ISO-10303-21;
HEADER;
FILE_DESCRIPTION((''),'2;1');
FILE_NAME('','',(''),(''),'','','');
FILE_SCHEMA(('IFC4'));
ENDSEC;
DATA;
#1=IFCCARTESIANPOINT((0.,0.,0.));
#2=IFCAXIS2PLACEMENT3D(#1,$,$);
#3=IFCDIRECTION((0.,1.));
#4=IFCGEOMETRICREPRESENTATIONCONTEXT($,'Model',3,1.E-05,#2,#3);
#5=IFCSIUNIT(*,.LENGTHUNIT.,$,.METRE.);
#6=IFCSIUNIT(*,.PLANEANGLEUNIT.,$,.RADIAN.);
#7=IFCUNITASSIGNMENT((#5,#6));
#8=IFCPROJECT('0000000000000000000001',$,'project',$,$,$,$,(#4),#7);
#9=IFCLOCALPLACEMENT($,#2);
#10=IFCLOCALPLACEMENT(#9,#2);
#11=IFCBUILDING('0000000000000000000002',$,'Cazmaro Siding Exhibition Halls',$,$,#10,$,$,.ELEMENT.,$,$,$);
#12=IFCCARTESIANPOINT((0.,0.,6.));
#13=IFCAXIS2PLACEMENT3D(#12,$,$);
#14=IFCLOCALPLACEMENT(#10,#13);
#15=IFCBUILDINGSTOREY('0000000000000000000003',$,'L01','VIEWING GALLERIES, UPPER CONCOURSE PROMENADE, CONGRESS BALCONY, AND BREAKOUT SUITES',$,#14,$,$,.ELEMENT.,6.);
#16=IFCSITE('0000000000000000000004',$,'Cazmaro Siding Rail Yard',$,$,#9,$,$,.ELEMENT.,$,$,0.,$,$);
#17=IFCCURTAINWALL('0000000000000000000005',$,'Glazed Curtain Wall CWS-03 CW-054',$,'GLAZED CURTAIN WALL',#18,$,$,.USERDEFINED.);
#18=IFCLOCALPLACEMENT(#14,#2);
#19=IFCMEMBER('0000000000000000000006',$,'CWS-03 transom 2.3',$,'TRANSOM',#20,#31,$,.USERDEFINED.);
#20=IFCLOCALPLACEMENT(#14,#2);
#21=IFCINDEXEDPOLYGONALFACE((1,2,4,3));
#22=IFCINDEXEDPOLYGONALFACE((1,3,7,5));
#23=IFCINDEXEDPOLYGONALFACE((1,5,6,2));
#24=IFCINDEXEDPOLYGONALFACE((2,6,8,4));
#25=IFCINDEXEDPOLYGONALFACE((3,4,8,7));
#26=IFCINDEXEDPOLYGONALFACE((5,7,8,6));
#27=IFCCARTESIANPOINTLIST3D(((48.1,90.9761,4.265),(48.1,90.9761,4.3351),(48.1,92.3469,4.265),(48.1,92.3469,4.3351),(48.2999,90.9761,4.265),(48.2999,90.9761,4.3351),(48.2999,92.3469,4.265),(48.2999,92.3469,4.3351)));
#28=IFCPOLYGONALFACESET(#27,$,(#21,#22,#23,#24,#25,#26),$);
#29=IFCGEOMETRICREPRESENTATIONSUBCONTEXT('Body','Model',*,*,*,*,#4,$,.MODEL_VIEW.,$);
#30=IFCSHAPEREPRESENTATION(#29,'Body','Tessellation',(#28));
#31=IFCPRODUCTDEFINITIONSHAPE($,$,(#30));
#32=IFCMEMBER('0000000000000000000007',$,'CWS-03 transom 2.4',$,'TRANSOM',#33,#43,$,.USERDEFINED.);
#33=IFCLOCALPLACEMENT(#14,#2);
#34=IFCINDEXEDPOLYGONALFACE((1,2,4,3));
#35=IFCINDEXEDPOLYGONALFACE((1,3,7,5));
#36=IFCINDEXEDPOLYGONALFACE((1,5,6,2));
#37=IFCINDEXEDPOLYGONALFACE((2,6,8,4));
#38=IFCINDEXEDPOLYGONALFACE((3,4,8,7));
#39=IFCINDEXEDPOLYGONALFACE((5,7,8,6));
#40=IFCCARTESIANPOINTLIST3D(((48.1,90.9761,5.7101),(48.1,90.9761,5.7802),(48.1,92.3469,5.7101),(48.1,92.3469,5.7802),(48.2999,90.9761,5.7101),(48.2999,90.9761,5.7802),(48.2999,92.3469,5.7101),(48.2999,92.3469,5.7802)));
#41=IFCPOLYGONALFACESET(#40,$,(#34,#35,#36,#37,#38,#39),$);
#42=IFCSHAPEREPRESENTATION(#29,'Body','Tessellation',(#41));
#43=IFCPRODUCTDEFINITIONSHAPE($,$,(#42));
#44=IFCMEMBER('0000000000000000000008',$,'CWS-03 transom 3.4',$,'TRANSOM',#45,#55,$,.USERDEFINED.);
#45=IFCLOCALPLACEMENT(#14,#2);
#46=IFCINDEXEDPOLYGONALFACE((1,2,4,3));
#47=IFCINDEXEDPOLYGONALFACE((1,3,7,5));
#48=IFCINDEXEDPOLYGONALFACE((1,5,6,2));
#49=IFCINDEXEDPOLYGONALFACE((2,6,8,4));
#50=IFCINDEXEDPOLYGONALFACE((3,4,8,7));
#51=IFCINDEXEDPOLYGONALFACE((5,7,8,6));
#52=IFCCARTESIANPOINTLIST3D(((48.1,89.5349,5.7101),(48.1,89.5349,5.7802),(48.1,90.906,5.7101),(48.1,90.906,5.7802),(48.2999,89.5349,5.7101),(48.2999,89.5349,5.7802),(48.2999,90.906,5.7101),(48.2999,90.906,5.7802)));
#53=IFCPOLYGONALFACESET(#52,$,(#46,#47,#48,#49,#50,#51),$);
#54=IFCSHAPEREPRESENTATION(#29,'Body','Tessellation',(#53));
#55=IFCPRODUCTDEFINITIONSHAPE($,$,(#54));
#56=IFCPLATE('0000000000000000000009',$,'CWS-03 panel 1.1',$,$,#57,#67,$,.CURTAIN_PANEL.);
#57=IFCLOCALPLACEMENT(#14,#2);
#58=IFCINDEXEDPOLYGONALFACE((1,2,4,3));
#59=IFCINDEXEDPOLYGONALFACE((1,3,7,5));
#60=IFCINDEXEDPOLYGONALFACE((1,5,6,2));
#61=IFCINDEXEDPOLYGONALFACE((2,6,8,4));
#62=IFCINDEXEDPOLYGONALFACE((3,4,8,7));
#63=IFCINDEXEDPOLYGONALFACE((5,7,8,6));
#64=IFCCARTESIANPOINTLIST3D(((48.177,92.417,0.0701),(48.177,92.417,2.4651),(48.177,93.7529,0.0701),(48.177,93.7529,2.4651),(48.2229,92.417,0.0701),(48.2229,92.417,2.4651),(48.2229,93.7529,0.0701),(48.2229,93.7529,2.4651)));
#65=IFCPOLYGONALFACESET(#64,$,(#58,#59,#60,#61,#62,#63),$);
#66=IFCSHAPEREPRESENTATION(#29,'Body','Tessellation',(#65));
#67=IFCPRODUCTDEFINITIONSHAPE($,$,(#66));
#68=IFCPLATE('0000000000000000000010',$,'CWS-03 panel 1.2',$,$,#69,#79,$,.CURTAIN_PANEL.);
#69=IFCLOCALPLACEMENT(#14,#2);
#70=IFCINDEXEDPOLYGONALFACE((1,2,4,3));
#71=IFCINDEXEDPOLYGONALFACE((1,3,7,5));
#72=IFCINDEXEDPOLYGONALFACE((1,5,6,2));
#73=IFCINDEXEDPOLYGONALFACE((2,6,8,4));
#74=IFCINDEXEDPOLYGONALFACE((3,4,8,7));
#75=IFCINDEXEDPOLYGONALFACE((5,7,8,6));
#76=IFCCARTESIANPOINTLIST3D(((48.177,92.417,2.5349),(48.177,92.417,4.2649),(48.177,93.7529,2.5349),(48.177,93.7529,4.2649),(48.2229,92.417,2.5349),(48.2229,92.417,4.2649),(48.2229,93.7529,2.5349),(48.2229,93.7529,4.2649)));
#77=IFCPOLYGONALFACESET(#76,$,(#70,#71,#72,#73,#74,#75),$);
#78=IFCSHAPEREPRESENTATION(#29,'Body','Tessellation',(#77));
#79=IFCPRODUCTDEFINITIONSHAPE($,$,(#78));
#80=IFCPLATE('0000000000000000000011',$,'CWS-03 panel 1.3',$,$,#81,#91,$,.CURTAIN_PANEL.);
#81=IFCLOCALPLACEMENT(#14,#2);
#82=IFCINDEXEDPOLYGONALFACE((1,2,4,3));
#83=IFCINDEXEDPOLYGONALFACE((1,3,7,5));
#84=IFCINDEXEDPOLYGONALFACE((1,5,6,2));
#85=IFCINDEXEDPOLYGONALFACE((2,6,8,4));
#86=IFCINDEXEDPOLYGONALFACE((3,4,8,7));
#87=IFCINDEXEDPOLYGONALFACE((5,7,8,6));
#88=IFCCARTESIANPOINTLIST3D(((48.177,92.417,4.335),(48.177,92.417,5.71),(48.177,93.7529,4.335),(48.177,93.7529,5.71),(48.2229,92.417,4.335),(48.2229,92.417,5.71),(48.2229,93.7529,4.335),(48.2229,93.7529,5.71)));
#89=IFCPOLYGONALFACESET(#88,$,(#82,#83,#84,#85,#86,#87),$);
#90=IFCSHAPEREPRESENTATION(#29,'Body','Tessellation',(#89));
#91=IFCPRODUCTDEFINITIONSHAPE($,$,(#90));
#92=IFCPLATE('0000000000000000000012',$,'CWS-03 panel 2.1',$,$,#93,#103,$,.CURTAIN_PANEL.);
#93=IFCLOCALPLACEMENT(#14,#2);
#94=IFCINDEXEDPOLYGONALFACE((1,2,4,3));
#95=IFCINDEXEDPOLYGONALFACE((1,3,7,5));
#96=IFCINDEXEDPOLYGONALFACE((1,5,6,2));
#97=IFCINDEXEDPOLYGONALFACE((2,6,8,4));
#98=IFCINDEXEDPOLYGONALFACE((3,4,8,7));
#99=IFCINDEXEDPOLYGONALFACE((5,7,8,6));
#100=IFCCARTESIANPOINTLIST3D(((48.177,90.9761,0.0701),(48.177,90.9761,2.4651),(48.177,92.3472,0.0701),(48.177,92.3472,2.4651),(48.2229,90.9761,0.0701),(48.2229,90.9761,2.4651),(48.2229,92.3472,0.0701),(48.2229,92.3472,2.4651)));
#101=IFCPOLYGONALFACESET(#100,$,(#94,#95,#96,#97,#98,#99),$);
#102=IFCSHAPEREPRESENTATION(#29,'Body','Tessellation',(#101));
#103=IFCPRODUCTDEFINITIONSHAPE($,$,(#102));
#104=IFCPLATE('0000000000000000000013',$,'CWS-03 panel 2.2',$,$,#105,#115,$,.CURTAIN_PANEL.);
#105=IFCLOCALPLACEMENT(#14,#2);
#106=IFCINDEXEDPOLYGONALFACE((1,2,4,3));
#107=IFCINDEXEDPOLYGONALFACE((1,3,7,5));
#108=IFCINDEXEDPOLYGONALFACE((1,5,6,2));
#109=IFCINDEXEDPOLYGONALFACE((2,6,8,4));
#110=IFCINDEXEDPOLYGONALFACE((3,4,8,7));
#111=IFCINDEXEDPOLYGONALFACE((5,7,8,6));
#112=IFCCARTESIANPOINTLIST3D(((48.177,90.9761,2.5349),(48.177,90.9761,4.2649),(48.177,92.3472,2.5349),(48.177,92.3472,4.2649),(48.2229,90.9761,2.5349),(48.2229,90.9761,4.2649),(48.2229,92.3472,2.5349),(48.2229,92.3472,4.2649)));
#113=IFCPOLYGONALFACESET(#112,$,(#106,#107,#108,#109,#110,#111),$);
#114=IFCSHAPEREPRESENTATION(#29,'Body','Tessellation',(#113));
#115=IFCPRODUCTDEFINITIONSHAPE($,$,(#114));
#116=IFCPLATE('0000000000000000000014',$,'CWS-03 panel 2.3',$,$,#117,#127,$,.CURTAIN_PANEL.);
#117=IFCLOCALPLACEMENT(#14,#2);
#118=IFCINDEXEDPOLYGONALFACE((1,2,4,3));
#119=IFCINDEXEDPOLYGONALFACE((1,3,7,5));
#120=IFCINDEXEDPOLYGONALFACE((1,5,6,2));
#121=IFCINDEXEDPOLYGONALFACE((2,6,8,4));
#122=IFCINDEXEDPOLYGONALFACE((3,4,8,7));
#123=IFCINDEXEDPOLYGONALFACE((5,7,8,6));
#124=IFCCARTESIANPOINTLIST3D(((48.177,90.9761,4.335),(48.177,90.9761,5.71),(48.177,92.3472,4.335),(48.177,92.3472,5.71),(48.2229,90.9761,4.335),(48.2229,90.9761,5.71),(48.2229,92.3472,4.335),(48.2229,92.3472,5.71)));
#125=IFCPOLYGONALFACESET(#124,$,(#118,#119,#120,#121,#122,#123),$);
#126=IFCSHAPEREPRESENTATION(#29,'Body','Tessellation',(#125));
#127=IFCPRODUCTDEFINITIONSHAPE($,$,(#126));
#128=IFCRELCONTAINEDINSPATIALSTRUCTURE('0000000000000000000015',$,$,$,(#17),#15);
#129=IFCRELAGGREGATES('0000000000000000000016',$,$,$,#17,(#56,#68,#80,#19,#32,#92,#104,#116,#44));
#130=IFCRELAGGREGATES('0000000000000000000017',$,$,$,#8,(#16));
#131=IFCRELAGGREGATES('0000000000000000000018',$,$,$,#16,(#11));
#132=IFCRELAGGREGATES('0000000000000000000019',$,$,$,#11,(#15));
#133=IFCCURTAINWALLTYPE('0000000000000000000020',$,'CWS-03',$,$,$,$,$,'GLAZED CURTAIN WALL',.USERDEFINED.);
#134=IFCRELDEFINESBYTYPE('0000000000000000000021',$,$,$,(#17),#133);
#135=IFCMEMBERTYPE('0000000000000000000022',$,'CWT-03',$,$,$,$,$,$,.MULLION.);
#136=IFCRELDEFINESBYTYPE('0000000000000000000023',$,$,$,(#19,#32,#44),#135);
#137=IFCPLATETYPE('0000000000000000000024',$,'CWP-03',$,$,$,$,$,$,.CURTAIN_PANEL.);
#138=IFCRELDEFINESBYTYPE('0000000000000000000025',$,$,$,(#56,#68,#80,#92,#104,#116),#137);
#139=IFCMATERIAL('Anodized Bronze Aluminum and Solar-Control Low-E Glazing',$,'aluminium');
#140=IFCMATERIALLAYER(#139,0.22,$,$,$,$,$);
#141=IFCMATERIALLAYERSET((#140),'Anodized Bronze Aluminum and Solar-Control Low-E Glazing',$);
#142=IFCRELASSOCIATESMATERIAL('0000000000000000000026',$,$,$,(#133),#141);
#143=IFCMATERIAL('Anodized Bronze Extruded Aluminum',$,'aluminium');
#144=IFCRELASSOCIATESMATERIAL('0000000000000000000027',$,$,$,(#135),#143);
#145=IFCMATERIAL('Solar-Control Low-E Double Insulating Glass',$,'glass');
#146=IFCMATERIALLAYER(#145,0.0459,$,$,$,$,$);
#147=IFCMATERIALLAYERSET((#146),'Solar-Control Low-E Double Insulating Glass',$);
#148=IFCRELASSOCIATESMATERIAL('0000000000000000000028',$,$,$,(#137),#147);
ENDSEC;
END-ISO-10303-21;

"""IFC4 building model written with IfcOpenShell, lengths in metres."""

from ifc_helpers import new_model, si_unit, direction, frame, origin, origin_2d, place, context, subcontext, project, spatial, rectangle, extrude, material, layer, layer_set, material_profile, profile_set, type_object, element, aggregate, save


model = new_model("IFC4")

# Units and contexts
model_context = context("Model", 3, precision=1e-05, world=origin(), true_north=direction((0.0, 1.0)))
body_context = subcontext(model_context, "Body", "Model", "MODEL_VIEW")
ifc_project = project(units=[si_unit("LENGTHUNIT", "METRE"), si_unit("PLANEANGLEUNIT", "RADIAN")], contexts=[model_context])

# Site, building, storey
site_placement = place(None, origin())
site = spatial("IfcSite", under=ifc_project, at=site_placement, Name="Cazmaro Siding Rail Yard", CompositionType="ELEMENT", RefElevation=0.0)
building_placement = place(site_placement, origin())
building = spatial("IfcBuilding", under=site, at=building_placement, Name="Cazmaro Siding Exhibition Halls", CompositionType="ELEMENT")
storey_placement = place(building_placement, frame((0.0, 0.0, 6.0)))
storey = spatial("IfcBuildingStorey", under=building, at=storey_placement, Name="L01", Description="VIEWING GALLERIES, UPPER CONCOURSE PROMENADE, CONGRESS BALCONY, AND BREAKOUT SUITES", CompositionType="ELEMENT", Elevation=6.0)

# Curtain wall, members, plates
ifc_material_1 = material(Name="Anodized Bronze Aluminum and Solar-Control Low-E Glazing", Category="aluminium")
ifc_layer_1 = layer(ifc_material_1, 0.22)
ifc_layer_set_1 = layer_set([ifc_layer_1], Name="Anodized Bronze Aluminum and Solar-Control Low-E Glazing")
curtain_wall_type = type_object("IfcCurtainWallType", Name="CWS-03", ElementType="GLAZED CURTAIN WALL", PredefinedType="USERDEFINED", material=ifc_layer_set_1)
curtain_wall_placement = place(storey_placement, origin())
curtain_wall = element("IfcCurtainWall", 1, at=curtain_wall_placement, inside=storey, type_object=curtain_wall_type, Name="Glazed Curtain Wall CWS-03 CW-054", ObjectType="GLAZED CURTAIN WALL", PredefinedType="USERDEFINED")
ifc_material_2 = material(Name="Anodized Bronze Extruded Aluminum", Category="aluminium")
ifc_material_profile_1 = material_profile(ifc_material_2, rectangle(XDim=0.2, YDim=0.0701, at=origin_2d()), Name="CWT-03")
ifc_profile_set_1 = profile_set([ifc_material_profile_1], Name="Anodized Bronze Extruded Aluminum")
member_type_1 = type_object("IfcMemberType", Name="CWT-03", PredefinedType="MULLION", material=ifc_profile_set_1)
member_1_placement = place(storey_placement, frame((48.2, 92.3469, 4.3), z_axis=(0.0, -1.0, 0.0), x_axis=(1.0, 0.0, 0.0)))
member_1 = element("IfcMember", 2, at=member_1_placement, type_object=member_type_1, Name="CWS-03 transom 2.3", ObjectType="TRANSOM", PredefinedType="USERDEFINED", context=body_context, shape_type="SweptSolid", body=[
    extrude(rectangle(XDim=0.2, YDim=0.0701, at=origin_2d()), origin(), (0.0, 0.0, 1.0), 1.3708),
])
member_2_placement = place(storey_placement, frame((48.2, 92.3469, 5.7451), z_axis=(0.0, -1.0, 0.0), x_axis=(1.0, 0.0, 0.0)))
member_2 = element("IfcMember", 3, at=member_2_placement, type_object=member_type_1, Name="CWS-03 transom 2.4", ObjectType="TRANSOM", PredefinedType="USERDEFINED", context=body_context, shape_type="SweptSolid", body=[
    extrude(rectangle(XDim=0.2, YDim=0.0701, at=origin_2d()), origin(), (0.0, 0.0, 1.0), 1.3708),
])
member_3_placement = place(storey_placement, frame((48.2, 90.906, 5.7451), z_axis=(0.0, -1.0, 0.0), x_axis=(1.0, 0.0, 0.0)))
member_3 = element("IfcMember", 4, at=member_3_placement, type_object=member_type_1, Name="CWS-03 transom 3.4", ObjectType="TRANSOM", PredefinedType="USERDEFINED", context=body_context, shape_type="SweptSolid", body=[
    extrude(rectangle(XDim=0.2, YDim=0.0701, at=origin_2d()), origin(), (0.0, 0.0, 1.0), 1.3711),
])
ifc_material_3 = material(Name="Solar-Control Low-E Double Insulating Glass", Category="glass")
ifc_layer_2 = layer(ifc_material_3, 0.0459)
ifc_layer_set_2 = layer_set([ifc_layer_2], Name="Solar-Control Low-E Double Insulating Glass")
plate_type = type_object("IfcPlateType", Name="CWP-03", PredefinedType="CURTAIN_PANEL", material=ifc_layer_set_2)
plate_1_placement = place(storey_placement, frame((48.2, 93.085, 0.0701), z_axis=(0.0, 0.0, 1.0), x_axis=(0.0, -1.0, 0.0)))
plate_1 = element("IfcPlate", 5, at=plate_1_placement, type_object=plate_type, Name="CWS-03 panel 1.1", PredefinedType="CURTAIN_PANEL", context=body_context, shape_type="SweptSolid", body=[
    extrude(rectangle(XDim=1.3359, YDim=0.0459, at=origin_2d()), origin(), (0.0, 0.0, 1.0), 2.395),
])
plate_2_placement = place(storey_placement, frame((48.2, 93.085, 2.5349), z_axis=(0.0, 0.0, 1.0), x_axis=(0.0, -1.0, 0.0)))
plate_2 = element("IfcPlate", 6, at=plate_2_placement, type_object=plate_type, Name="CWS-03 panel 1.2", PredefinedType="CURTAIN_PANEL", context=body_context, shape_type="SweptSolid", body=[
    extrude(rectangle(XDim=1.3359, YDim=0.0459, at=origin_2d()), origin(), (0.0, 0.0, 1.0), 1.73),
])
plate_3_placement = place(storey_placement, frame((48.2, 93.085, 4.335), z_axis=(0.0, 0.0, 1.0), x_axis=(0.0, -1.0, 0.0)))
plate_3 = element("IfcPlate", 7, at=plate_3_placement, type_object=plate_type, Name="CWS-03 panel 1.3", PredefinedType="CURTAIN_PANEL", context=body_context, shape_type="SweptSolid", body=[
    extrude(rectangle(XDim=1.3359, YDim=0.0459, at=origin_2d()), origin(), (0.0, 0.0, 1.0), 1.375),
])
plate_4_placement = place(storey_placement, frame((48.2, 91.6616, 0.0701), z_axis=(0.0, 0.0, 1.0), x_axis=(0.0, -1.0, 0.0)))
plate_4 = element("IfcPlate", 8, at=plate_4_placement, type_object=plate_type, Name="CWS-03 panel 2.1", PredefinedType="CURTAIN_PANEL", context=body_context, shape_type="SweptSolid", body=[
    extrude(rectangle(XDim=1.3711, YDim=0.0459, at=origin_2d()), origin(), (0.0, 0.0, 1.0), 2.395),
])
plate_5_placement = place(storey_placement, frame((48.2, 91.6616, 2.5349), z_axis=(0.0, 0.0, 1.0), x_axis=(0.0, -1.0, 0.0)))
plate_5 = element("IfcPlate", 9, at=plate_5_placement, type_object=plate_type, Name="CWS-03 panel 2.2", PredefinedType="CURTAIN_PANEL", context=body_context, shape_type="SweptSolid", body=[
    extrude(rectangle(XDim=1.3711, YDim=0.0459, at=origin_2d()), origin(), (0.0, 0.0, 1.0), 1.73),
])
plate_6_placement = place(storey_placement, frame((48.2, 91.6616, 4.335), z_axis=(0.0, 0.0, 1.0), x_axis=(0.0, -1.0, 0.0)))
plate_6 = element("IfcPlate", 10, at=plate_6_placement, type_object=plate_type, Name="CWS-03 panel 2.3", PredefinedType="CURTAIN_PANEL", context=body_context, shape_type="SweptSolid", body=[
    extrude(rectangle(XDim=1.3711, YDim=0.0459, at=origin_2d()), origin(), (0.0, 0.0, 1.0), 1.375),
])
aggregate(curtain_wall, [plate_1, plate_2, plate_3, member_1, member_2, plate_4, plate_5, plate_6, member_3])

save(model, "model.ifc")
